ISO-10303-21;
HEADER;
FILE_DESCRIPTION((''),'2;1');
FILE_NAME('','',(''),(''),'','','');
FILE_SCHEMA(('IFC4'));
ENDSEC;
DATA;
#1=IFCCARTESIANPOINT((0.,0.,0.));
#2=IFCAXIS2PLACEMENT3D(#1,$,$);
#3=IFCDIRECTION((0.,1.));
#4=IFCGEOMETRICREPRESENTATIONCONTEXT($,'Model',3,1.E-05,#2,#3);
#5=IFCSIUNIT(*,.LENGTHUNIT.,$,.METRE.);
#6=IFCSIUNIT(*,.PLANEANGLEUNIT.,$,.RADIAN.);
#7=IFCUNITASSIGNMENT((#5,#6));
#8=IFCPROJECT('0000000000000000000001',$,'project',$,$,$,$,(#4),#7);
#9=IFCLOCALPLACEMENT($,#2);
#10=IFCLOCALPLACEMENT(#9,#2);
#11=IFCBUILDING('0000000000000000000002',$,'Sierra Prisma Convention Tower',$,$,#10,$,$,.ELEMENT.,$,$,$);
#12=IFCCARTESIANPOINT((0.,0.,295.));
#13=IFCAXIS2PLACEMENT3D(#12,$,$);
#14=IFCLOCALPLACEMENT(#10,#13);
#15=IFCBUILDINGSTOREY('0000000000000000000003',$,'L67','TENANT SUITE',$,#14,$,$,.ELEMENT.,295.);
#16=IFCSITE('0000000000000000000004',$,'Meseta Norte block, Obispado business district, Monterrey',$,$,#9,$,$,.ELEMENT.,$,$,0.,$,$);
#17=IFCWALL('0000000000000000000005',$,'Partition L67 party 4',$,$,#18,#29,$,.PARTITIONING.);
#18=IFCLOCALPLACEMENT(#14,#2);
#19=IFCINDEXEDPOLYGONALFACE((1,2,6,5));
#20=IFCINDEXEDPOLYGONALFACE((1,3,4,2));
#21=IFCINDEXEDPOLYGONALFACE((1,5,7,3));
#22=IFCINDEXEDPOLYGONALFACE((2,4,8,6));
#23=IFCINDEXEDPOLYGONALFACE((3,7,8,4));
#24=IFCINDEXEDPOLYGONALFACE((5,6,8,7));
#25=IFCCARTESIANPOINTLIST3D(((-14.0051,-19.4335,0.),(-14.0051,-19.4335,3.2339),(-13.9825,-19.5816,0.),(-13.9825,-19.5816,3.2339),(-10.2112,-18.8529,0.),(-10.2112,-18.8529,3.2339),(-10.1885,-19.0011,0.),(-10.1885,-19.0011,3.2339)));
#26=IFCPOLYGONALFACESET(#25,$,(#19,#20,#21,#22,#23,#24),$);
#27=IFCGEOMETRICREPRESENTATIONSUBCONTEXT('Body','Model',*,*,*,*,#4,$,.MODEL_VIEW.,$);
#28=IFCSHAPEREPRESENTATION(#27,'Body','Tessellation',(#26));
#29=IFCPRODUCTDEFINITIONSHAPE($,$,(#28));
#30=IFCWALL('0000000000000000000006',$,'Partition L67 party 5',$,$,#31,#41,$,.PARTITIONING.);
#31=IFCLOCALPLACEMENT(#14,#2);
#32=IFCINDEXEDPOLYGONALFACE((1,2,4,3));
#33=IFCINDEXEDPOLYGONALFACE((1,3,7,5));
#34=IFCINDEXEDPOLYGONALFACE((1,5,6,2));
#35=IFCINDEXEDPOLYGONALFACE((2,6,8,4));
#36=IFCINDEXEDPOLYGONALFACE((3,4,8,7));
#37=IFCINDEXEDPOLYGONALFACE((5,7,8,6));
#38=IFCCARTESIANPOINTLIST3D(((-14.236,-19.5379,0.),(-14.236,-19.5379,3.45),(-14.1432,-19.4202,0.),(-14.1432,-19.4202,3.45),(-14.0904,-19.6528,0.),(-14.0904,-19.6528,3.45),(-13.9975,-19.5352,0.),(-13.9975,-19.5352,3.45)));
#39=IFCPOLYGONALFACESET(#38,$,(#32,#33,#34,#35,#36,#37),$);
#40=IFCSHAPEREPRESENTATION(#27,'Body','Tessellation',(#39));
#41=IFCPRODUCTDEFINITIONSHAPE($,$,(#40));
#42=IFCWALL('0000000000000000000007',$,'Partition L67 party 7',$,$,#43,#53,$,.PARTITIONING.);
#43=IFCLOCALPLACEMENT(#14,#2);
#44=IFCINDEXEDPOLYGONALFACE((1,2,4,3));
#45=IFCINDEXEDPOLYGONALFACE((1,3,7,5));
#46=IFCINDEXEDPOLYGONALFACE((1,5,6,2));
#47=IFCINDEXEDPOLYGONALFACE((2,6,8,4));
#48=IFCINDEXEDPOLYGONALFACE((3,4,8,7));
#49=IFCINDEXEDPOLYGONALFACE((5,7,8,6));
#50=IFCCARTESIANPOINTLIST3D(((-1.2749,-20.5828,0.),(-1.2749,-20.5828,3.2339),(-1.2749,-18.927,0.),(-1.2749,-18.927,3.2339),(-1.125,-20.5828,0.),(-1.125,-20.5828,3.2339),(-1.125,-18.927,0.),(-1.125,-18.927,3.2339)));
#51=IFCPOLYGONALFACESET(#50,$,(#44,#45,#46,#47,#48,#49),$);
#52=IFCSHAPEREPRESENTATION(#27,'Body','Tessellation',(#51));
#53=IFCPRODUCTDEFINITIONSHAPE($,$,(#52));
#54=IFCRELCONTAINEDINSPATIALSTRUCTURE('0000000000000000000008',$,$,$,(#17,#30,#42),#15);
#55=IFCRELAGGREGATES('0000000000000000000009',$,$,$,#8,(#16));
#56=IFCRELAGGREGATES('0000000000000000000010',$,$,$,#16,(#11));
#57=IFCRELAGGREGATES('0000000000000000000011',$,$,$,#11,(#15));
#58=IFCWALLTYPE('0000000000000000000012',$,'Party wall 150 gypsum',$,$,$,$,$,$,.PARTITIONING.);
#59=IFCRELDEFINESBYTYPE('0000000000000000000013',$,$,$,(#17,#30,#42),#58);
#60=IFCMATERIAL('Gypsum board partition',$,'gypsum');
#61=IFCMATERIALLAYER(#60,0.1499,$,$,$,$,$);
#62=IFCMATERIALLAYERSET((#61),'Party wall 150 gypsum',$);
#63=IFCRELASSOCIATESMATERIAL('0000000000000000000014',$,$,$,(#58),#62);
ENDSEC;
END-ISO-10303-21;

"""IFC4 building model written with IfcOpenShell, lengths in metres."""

from ifc_helpers import new_model, si_unit, direction, frame, frame_2d, origin, place, context, subcontext, project, spatial, rectangle, extrude, material, layer, layer_set, type_object, element, save


model = new_model("IFC4")

# Units and contexts
model_context = context("Model", 3, precision=1e-05, world=origin(), true_north=direction((0.0, 1.0)))
body_context = subcontext(model_context, "Body", "Model", "MODEL_VIEW")
ifc_project = project(units=[si_unit("LENGTHUNIT", "METRE"), si_unit("PLANEANGLEUNIT", "RADIAN")], contexts=[model_context])

# Site, building, storey
site_placement = place(None, origin())
site = spatial("IfcSite", under=ifc_project, at=site_placement, Name="Meseta Norte block, Obispado business district, Monterrey", CompositionType="ELEMENT", RefElevation=0.0)
building_placement = place(site_placement, origin())
building = spatial("IfcBuilding", under=site, at=building_placement, Name="Sierra Prisma Convention Tower", CompositionType="ELEMENT")
storey_placement = place(building_placement, frame((0.0, 0.0, 295.0)))
storey = spatial("IfcBuildingStorey", under=building, at=storey_placement, Name="L67", Description="TENANT SUITE", CompositionType="ELEMENT", Elevation=295.0)

# Walls
ifc_material_1 = material(Name="Gypsum board partition", Category="gypsum")
ifc_layer_1 = layer(ifc_material_1, 0.1499)
ifc_layer_set_1 = layer_set([ifc_layer_1], Name="Party wall 150 gypsum")
wall_type_1 = type_object("IfcWallType", Name="Party wall 150 gypsum", PredefinedType="PARTITIONING", material=ifc_layer_set_1)
wall_1_placement = place(storey_placement, frame((-10.2, -18.927, 0.0), z_axis=(0.0, 0.0, 1.0), x_axis=(-0.988493, -0.151264, 0.0)))
element("IfcWall", 1, at=wall_1_placement, inside=storey, type_object=wall_type_1, Name="Partition L67 party 4", PredefinedType="PARTITIONING", context=body_context, shape_type="SweptSolid", body=[
    extrude(rectangle(XDim=3.8381, YDim=0.1499, at=frame_2d((1.9189, 0.0))), origin(), (0.0, 0.0, 1.0), 3.2339),
])
wall_2_placement = place(storey_placement, frame((-14.0439, -19.594, 0.0), z_axis=(0.0, 0.0, 1.0), x_axis=(-0.785085, 0.619388, 0.0)))
element("IfcWall", 2, at=wall_2_placement, inside=storey, type_object=wall_type_1, Name="Partition L67 party 5", PredefinedType="PARTITIONING", context=body_context, shape_type="SweptSolid", body=[
    extrude(rectangle(XDim=0.1855, YDim=0.1499, at=frame_2d((0.0928, 0.0))), origin(), (0.0, 0.0, 1.0), 3.45),
])
wall_3_placement = place(storey_placement, frame((-1.2, -18.927, 0.0), z_axis=(0.0, 0.0, 1.0), x_axis=(0.0, -1.0, 0.0)))
element("IfcWall", 3, at=wall_3_placement, inside=storey, type_object=wall_type_1, Name="Partition L67 party 7", PredefinedType="PARTITIONING", context=body_context, shape_type="SweptSolid", body=[
    extrude(rectangle(XDim=1.6558, YDim=0.1499, at=frame_2d((0.8279, 0.0))), origin(), (0.0, 0.0, 1.0), 3.2339),
])

save(model, "model.ifc")
